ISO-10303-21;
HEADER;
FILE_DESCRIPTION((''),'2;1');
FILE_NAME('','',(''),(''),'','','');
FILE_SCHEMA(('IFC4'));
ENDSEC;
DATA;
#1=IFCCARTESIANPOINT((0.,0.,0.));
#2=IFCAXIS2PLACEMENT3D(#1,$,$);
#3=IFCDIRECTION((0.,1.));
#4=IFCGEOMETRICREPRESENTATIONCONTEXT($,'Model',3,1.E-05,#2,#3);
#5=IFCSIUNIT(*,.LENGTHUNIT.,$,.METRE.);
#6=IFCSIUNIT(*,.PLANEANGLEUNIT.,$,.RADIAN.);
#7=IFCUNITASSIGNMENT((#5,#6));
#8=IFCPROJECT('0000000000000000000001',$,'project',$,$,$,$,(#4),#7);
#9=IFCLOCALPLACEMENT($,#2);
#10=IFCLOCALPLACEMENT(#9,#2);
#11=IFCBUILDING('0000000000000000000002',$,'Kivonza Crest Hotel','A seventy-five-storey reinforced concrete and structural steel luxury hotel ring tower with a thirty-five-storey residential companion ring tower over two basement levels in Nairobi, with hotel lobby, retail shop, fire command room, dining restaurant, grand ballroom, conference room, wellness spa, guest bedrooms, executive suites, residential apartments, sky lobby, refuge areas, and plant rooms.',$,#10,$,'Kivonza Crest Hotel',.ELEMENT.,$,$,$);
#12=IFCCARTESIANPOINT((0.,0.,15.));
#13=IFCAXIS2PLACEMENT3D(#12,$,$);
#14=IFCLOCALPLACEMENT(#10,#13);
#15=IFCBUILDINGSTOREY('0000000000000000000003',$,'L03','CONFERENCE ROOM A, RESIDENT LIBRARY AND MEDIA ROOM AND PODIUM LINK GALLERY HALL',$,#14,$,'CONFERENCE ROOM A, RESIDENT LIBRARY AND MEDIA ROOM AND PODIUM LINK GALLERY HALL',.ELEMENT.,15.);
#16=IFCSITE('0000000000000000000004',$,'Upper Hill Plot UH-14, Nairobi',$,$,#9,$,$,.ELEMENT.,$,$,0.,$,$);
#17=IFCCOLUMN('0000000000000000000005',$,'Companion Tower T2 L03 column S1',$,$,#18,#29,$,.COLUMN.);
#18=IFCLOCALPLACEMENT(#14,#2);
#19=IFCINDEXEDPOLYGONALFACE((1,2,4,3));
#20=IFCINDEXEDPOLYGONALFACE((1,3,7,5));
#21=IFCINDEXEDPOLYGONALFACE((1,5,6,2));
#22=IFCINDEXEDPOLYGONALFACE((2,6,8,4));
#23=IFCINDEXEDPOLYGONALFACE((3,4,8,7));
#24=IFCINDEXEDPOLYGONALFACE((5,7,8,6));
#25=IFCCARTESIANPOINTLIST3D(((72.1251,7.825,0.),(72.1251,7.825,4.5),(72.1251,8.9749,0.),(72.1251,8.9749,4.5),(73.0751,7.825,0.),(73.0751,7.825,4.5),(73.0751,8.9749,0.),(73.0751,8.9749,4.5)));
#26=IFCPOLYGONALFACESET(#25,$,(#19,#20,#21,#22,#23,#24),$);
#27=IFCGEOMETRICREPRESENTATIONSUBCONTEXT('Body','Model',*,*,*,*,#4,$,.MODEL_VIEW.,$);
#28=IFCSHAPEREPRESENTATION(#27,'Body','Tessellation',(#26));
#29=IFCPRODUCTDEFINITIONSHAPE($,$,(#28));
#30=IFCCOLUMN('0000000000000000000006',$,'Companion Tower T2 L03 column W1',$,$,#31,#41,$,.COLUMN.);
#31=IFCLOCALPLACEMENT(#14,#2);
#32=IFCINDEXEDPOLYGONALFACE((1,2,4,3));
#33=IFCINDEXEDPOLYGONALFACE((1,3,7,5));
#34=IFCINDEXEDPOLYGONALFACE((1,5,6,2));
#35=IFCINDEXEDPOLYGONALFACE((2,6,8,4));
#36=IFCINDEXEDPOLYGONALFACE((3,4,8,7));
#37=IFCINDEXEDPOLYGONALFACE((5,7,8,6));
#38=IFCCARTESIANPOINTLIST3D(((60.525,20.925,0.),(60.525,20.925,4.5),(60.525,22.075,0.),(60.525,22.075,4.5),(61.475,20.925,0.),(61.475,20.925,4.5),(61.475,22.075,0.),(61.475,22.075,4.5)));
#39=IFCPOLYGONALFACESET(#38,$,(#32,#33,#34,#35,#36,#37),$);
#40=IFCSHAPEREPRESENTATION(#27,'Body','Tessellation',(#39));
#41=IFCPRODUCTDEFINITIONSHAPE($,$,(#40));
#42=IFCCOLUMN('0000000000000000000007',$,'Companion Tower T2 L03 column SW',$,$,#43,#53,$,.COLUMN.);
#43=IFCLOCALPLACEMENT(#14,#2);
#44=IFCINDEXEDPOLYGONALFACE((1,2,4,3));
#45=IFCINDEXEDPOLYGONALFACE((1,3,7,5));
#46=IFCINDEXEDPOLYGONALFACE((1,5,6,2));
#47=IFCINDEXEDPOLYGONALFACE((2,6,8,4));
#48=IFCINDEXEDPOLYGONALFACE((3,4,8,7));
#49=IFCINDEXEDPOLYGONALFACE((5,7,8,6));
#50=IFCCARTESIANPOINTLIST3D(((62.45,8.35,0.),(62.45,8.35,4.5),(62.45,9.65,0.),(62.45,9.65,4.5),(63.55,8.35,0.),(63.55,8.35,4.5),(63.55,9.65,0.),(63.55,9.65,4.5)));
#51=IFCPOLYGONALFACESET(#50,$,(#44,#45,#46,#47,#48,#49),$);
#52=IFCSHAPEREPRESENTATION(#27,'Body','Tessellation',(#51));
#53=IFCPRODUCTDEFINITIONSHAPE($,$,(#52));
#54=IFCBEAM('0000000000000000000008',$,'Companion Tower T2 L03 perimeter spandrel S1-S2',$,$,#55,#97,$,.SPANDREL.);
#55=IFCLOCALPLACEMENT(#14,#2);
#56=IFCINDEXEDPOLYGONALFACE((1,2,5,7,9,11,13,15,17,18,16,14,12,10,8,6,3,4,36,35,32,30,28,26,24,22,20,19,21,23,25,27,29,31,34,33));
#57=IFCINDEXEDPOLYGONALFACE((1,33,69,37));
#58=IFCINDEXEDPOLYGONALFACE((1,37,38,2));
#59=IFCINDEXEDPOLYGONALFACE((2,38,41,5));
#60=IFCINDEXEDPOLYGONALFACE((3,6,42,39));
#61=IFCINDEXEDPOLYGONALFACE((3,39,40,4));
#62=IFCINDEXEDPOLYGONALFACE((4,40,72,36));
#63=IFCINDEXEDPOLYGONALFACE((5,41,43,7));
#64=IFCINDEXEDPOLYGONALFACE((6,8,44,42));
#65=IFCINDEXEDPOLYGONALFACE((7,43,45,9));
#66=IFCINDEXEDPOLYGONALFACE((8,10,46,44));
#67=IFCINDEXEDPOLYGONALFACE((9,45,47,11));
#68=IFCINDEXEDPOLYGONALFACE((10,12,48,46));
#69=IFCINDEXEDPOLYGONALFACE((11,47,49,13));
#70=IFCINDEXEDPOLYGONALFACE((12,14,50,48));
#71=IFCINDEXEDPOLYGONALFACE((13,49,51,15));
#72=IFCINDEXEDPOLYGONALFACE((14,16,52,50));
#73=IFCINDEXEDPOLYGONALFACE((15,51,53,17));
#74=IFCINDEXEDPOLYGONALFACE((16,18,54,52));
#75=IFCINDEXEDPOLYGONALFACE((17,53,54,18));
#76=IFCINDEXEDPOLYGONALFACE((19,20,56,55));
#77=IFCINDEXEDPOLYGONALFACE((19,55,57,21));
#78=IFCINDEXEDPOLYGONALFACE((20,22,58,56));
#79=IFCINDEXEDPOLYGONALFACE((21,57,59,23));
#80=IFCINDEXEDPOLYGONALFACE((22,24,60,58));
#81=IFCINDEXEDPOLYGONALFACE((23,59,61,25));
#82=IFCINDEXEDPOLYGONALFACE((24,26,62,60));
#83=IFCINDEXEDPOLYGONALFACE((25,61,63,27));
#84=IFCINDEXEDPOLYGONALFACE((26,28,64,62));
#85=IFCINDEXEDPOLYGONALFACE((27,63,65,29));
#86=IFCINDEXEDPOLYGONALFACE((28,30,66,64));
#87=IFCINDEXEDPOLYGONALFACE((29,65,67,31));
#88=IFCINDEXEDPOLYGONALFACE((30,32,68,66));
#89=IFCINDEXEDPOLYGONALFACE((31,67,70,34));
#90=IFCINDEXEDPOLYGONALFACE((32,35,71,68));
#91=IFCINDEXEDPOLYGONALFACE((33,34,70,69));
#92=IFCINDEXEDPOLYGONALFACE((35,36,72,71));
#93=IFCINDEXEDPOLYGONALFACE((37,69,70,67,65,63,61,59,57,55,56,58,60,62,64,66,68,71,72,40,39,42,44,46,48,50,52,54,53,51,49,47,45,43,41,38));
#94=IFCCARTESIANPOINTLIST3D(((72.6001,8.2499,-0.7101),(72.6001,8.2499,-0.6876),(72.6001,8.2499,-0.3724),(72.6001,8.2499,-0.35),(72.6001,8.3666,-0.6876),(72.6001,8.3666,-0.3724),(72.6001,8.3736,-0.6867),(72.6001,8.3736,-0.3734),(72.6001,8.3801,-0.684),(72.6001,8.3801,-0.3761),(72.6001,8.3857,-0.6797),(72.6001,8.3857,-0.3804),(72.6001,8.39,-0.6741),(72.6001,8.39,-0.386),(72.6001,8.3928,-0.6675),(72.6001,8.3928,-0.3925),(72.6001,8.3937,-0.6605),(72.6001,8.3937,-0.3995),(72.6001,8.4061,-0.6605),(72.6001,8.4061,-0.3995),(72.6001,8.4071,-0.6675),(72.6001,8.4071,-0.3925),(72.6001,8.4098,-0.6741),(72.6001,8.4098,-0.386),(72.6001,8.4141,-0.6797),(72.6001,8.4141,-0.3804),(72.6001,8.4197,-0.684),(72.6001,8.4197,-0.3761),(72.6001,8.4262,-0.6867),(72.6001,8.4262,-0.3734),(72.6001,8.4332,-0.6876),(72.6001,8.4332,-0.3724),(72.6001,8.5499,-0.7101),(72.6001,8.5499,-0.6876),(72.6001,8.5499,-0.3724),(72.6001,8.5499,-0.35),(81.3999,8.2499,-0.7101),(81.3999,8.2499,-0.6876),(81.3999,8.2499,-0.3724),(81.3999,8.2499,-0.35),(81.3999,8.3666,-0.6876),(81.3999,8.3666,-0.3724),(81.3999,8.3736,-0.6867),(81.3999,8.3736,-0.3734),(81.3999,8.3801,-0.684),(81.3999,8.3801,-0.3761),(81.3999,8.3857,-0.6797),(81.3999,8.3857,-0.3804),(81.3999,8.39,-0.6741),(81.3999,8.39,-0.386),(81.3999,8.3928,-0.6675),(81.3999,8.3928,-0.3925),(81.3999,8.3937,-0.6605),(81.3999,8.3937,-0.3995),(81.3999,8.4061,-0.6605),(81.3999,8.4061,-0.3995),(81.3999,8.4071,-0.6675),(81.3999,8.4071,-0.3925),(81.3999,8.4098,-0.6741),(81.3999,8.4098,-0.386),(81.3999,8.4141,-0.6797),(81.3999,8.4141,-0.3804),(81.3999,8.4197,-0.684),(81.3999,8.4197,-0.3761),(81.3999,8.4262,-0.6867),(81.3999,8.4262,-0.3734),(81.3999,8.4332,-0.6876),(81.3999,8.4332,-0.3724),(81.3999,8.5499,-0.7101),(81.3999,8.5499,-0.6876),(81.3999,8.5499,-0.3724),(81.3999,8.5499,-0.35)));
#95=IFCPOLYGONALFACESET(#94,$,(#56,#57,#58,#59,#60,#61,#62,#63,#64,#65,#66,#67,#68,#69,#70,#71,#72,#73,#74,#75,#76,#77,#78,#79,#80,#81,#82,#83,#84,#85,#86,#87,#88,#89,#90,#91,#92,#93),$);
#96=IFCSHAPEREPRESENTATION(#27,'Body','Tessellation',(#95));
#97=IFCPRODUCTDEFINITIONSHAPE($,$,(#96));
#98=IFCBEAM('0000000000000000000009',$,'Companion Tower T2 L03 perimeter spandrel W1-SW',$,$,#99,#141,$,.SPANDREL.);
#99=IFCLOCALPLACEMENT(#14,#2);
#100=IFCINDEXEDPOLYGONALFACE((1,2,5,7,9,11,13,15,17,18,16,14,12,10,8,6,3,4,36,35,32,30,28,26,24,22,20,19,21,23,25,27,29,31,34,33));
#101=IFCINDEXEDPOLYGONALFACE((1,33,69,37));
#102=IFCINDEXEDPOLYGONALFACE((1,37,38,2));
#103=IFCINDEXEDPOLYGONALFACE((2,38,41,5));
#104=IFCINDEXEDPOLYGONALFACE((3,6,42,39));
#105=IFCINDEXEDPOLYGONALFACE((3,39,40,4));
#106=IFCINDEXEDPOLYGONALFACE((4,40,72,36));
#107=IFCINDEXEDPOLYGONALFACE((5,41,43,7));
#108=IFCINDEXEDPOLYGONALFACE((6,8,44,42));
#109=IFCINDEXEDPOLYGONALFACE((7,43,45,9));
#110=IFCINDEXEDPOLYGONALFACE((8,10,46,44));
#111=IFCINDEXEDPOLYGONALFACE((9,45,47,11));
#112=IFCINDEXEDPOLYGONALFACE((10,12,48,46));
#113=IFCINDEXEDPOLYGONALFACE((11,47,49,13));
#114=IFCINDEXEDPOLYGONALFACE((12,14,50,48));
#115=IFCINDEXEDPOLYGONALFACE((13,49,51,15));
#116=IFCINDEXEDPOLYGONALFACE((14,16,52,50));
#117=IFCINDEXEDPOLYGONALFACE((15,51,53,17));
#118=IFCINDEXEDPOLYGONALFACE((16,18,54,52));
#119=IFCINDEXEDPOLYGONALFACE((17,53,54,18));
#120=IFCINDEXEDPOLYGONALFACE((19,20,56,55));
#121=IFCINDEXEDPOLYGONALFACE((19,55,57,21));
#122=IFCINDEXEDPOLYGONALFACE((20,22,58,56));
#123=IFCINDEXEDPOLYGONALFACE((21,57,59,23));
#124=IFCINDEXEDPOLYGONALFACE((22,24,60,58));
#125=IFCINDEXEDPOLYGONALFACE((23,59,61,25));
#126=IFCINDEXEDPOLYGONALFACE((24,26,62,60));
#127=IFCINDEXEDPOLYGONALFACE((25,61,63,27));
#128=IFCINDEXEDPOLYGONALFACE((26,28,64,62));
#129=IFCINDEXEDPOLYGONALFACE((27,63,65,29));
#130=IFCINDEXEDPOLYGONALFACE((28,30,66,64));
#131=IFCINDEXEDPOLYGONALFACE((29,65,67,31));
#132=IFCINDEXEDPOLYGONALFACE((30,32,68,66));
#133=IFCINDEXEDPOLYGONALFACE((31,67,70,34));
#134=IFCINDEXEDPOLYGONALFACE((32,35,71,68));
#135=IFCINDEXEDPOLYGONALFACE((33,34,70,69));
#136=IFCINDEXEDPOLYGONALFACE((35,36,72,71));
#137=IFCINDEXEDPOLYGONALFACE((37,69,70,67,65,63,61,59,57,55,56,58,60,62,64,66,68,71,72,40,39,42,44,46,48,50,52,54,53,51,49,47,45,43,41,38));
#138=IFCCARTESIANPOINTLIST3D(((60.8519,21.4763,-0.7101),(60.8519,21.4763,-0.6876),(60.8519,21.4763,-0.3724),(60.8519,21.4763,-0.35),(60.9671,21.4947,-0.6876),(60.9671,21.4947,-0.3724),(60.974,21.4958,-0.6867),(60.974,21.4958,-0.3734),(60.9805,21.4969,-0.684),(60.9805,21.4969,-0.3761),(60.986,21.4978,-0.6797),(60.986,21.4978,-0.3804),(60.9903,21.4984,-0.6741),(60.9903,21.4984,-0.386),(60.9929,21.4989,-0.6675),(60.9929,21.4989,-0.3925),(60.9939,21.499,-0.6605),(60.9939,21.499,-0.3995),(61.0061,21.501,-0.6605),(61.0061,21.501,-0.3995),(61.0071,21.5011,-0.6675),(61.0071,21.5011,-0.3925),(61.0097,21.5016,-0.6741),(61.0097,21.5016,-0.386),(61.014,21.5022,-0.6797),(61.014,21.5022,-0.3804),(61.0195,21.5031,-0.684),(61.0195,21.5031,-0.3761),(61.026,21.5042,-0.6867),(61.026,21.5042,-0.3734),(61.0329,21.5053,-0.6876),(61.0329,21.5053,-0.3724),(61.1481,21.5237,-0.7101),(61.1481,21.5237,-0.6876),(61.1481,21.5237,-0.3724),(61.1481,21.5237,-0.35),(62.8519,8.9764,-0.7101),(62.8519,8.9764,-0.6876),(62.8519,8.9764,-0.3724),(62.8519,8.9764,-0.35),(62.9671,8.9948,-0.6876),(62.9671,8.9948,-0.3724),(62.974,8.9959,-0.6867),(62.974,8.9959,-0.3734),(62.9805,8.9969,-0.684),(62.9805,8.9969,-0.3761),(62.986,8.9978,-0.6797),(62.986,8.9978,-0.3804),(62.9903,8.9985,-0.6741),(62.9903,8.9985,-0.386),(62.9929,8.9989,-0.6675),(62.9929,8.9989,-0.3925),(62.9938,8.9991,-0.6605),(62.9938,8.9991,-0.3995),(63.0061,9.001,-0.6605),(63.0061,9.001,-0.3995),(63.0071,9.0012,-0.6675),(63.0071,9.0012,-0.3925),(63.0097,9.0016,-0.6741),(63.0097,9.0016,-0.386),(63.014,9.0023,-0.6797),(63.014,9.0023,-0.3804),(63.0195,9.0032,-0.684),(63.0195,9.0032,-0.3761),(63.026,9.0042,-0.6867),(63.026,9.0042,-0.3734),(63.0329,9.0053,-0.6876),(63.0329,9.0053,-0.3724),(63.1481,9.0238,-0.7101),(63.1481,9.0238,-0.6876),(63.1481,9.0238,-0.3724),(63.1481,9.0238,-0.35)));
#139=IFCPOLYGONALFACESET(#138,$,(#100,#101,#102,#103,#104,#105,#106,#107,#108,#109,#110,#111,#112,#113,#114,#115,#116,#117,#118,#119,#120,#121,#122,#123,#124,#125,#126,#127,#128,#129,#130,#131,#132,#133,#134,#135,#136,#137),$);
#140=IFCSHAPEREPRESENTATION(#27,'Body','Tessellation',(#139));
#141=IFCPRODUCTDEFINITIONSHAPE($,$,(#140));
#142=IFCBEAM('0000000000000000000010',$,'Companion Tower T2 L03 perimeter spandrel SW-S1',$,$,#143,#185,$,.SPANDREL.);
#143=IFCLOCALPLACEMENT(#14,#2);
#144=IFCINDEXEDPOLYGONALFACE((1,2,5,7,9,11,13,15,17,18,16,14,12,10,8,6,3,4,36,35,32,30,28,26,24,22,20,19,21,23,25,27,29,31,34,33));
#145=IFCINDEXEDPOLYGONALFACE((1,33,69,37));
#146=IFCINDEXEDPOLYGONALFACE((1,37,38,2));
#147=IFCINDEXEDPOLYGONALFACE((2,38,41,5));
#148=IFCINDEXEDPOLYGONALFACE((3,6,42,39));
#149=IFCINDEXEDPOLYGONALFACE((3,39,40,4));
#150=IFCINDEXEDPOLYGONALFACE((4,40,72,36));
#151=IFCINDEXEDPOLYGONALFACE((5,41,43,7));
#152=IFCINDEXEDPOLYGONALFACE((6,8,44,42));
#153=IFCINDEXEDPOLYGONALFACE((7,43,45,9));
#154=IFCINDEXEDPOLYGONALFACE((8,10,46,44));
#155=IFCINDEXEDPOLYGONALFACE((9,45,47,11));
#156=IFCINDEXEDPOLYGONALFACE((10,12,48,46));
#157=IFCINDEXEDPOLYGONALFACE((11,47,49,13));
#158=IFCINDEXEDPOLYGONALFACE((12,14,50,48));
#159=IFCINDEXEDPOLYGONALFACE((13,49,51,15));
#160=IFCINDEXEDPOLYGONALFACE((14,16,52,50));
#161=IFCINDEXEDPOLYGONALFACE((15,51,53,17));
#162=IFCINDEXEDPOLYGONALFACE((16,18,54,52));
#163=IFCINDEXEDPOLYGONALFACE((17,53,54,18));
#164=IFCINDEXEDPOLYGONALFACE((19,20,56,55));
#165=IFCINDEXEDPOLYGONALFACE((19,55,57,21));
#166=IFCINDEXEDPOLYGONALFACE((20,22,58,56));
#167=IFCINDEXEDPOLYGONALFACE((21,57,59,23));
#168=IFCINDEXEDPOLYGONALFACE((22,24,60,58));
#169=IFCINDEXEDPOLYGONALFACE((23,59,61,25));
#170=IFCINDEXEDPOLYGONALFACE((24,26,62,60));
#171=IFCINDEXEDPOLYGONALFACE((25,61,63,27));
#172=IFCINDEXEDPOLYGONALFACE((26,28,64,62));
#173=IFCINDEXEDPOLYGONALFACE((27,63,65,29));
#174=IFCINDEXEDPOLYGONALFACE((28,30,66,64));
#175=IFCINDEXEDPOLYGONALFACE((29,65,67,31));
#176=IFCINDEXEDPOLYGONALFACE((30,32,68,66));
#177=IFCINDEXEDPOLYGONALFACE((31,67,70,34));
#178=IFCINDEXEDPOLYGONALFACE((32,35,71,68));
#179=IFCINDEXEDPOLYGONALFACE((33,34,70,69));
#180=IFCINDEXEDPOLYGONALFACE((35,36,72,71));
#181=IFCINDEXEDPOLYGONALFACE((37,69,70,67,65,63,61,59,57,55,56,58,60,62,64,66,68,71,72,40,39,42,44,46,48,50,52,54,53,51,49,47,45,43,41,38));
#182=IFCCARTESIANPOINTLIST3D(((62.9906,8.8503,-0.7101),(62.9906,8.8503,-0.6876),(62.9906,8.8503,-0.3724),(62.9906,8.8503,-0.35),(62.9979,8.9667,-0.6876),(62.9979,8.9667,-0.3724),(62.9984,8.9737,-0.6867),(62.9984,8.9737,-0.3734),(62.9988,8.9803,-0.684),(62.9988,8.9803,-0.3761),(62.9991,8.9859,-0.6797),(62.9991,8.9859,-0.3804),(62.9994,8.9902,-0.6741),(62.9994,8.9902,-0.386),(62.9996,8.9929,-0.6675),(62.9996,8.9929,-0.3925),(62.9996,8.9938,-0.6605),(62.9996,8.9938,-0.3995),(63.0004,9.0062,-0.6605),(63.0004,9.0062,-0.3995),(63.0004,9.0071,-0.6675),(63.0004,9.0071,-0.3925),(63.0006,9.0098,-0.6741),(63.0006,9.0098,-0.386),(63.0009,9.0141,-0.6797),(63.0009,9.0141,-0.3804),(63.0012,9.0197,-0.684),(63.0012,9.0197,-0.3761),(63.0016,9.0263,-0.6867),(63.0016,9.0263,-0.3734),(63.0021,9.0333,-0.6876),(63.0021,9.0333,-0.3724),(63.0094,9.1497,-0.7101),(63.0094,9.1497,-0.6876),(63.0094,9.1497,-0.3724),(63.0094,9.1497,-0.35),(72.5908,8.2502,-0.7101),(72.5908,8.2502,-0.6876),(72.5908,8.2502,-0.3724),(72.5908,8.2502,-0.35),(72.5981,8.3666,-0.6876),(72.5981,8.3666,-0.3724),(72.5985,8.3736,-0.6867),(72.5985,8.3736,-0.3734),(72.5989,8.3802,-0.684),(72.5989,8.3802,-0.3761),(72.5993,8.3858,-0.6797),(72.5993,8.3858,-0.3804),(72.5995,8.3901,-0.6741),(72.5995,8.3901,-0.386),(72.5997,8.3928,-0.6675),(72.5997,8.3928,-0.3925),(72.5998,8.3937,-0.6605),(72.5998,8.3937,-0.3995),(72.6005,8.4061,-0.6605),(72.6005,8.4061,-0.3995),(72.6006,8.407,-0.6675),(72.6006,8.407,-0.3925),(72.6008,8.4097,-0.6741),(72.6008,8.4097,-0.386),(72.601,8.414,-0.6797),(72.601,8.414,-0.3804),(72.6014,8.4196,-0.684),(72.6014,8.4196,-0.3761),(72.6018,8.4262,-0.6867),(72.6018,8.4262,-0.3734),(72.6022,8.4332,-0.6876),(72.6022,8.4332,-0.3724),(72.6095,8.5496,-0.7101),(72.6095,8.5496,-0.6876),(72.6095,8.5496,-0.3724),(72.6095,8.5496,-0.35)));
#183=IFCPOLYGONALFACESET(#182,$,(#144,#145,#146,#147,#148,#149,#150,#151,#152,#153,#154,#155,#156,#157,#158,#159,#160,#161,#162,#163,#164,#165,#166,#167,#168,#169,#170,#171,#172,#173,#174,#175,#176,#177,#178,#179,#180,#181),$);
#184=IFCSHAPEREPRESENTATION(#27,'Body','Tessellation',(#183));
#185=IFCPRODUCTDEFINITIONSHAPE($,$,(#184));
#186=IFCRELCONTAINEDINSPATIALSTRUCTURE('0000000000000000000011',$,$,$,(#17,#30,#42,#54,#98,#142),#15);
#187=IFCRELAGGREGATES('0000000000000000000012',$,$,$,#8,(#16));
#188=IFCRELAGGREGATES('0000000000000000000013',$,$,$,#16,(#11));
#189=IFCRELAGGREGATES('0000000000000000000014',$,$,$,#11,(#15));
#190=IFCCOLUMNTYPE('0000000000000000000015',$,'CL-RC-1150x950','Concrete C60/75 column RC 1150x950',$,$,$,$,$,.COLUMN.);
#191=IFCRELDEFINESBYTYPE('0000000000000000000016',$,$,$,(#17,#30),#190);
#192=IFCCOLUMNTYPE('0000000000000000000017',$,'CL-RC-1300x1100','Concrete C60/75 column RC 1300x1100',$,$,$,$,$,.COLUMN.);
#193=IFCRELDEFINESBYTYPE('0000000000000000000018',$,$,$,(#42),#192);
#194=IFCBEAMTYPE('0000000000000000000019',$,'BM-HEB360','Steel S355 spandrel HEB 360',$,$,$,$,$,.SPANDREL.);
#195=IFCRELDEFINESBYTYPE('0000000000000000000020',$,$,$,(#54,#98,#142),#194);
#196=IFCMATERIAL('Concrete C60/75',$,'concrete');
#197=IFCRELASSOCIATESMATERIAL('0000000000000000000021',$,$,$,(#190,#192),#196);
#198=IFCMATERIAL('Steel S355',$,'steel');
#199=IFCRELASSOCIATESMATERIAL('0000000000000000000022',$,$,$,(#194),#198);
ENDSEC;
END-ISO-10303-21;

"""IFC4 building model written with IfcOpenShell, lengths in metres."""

from ifc_helpers import new_model, si_unit, direction, frame, origin, origin_2d, place, context, subcontext, project, spatial, rectangle, i_section, extrude, material, material_profile, profile_set, type_object, element, save


model = new_model("IFC4")

# Units and contexts
model_context = context("Model", 3, precision=1e-05, world=origin(), true_north=direction((0.0, 1.0)))
body_context = subcontext(model_context, "Body", "Model", "MODEL_VIEW")
ifc_project = project(units=[si_unit("LENGTHUNIT", "METRE"), si_unit("PLANEANGLEUNIT", "RADIAN")], contexts=[model_context])

# Site, building, storey
site_placement = place(None, origin())
site = spatial("IfcSite", under=ifc_project, at=site_placement, Name="Upper Hill Plot UH-14, Nairobi", CompositionType="ELEMENT", RefElevation=0.0)
building_placement = place(site_placement, origin())
building = spatial("IfcBuilding", under=site, at=building_placement, Name="Kivonza Crest Hotel", Description="A seventy-five-storey reinforced concrete and structural steel luxury hotel ring tower with a thirty-five-storey residential companion ring tower over two basement levels in Nairobi, with hotel lobby, retail shop, fire command room, dining restaurant, grand ballroom, conference room, wellness spa, guest bedrooms, executive suites, residential apartments, sky lobby, refuge areas, and plant rooms.", LongName="Kivonza Crest Hotel", CompositionType="ELEMENT")
storey_placement = place(building_placement, frame((0.0, 0.0, 15.0)))
storey = spatial("IfcBuildingStorey", under=building, at=storey_placement, Name="L03", Description="CONFERENCE ROOM A, RESIDENT LIBRARY AND MEDIA ROOM AND PODIUM LINK GALLERY HALL", LongName="CONFERENCE ROOM A, RESIDENT LIBRARY AND MEDIA ROOM AND PODIUM LINK GALLERY HALL", CompositionType="ELEMENT", Elevation=15.0)

# Columns
ifc_material_1 = material(Name="Concrete C60/75", Category="concrete")
ifc_material_profile_1 = material_profile(ifc_material_1, rectangle(XDim=0.95, YDim=1.1499, at=origin_2d()), Name="RC 1150x950")
ifc_profile_set_1 = profile_set([ifc_material_profile_1], Name="Concrete C60/75")
column_type_1 = type_object("IfcColumnType", Name="CL-RC-1150x950", Description="Concrete C60/75 column RC 1150x950", PredefinedType="COLUMN", material=ifc_profile_set_1)
for number, where, z_axis, x_axis, name in (
    (1, (72.6001, 8.3999, 0.0), (0.0, 0.0, 1.0), (1.0, 0.0, 0.0), "Companion Tower T2 L03 column S1"),
    (2, (61.0, 21.5, 0.0), (0.0, 0.0, 1.0), (1.0, 0.0, 0.0), "Companion Tower T2 L03 column W1"),
):
    element("IfcColumn", number, at=place(storey_placement, frame(where, z_axis=z_axis, x_axis=x_axis)), inside=storey, type_object=column_type_1, Name=name, PredefinedType="COLUMN", context=body_context, shape_type="SweptSolid", body=[
        extrude(rectangle(XDim=0.95, YDim=1.1499, at=origin_2d()), origin(), (0.0, 0.0, 1.0), 4.5),
    ])
ifc_material_profile_2 = material_profile(ifc_material_1, rectangle(XDim=1.1001, YDim=1.3, at=origin_2d()), Name="RC 1300x1100")
ifc_profile_set_2 = profile_set([ifc_material_profile_2], Name="Concrete C60/75")
column_type_2 = type_object("IfcColumnType", Name="CL-RC-1300x1100", Description="Concrete C60/75 column RC 1300x1100", PredefinedType="COLUMN", material=ifc_profile_set_2)
column_placement = place(storey_placement, frame((63.0, 9.0, 0.0), z_axis=(0.0, 0.0, 1.0), x_axis=(1.0, 0.0, 0.0)))
element("IfcColumn", 3, at=column_placement, inside=storey, type_object=column_type_2, Name="Companion Tower T2 L03 column SW", PredefinedType="COLUMN", context=body_context, shape_type="SweptSolid", body=[
    extrude(rectangle(XDim=1.1001, YDim=1.3, at=origin_2d()), origin(), (0.0, 0.0, 1.0), 4.5),
])

# Beams
ifc_material_2 = material(Name="Steel S355", Category="steel")
ifc_material_profile_3 = material_profile(ifc_material_2, i_section(OverallWidth=0.3, OverallDepth=0.3601, WebThickness=0.0125, FlangeThickness=0.0225, FilletRadius=0.0271, at=origin_2d()), Name="HEB 360")
ifc_profile_set_3 = profile_set([ifc_material_profile_3], Name="Steel S355")
beam_type_1 = type_object("IfcBeamType", Name="BM-HEB360", Description="Steel S355 spandrel HEB 360", PredefinedType="SPANDREL", material=ifc_profile_set_3)
beam_1_placement = place(storey_placement, frame((72.6001, 8.3999, -0.53), z_axis=(1.0, 0.0, 0.0), x_axis=(0.0, 1.0, 0.0)))
element("IfcBeam", 4, at=beam_1_placement, inside=storey, type_object=beam_type_1, Name="Companion Tower T2 L03 perimeter spandrel S1-S2", PredefinedType="SPANDREL", context=body_context, shape_type="SweptSolid", body=[
    extrude(i_section(OverallWidth=0.3, OverallDepth=0.3601, WebThickness=0.0125, FlangeThickness=0.0225, FilletRadius=0.0271, at=origin_2d()), origin(), (0.0, 0.0, 1.0), 8.7998),
])
beam_2_placement = place(storey_placement, frame((61.0, 21.5, -0.53), z_axis=(0.157991, -0.987441, 0.0), x_axis=(0.987441, 0.157991, 0.0)))
element("IfcBeam", 5, at=beam_2_placement, inside=storey, type_object=beam_type_1, Name="Companion Tower T2 L03 perimeter spandrel W1-SW", PredefinedType="SPANDREL", context=body_context, shape_type="SweptSolid", body=[
    extrude(i_section(OverallWidth=0.3, OverallDepth=0.3601, WebThickness=0.0125, FlangeThickness=0.0225, FilletRadius=0.0271, at=origin_2d()), origin(), (0.0, 0.0, 1.0), 12.6589),
])
beam_3_placement = place(storey_placement, frame((63.0, 9.0, -0.53), z_axis=(0.998052, -0.062388, 0.0), x_axis=(0.062388, 0.998052, 0.0)))
element("IfcBeam", 6, at=beam_3_placement, inside=storey, type_object=beam_type_1, Name="Companion Tower T2 L03 perimeter spandrel SW-S1", PredefinedType="SPANDREL", context=body_context, shape_type="SweptSolid", body=[
    extrude(i_section(OverallWidth=0.3, OverallDepth=0.3601, WebThickness=0.0125, FlangeThickness=0.0225, FilletRadius=0.0271, at=origin_2d()), origin(), (0.0, 0.0, 1.0), 9.6189),
])

save(model, "model.ifc")
